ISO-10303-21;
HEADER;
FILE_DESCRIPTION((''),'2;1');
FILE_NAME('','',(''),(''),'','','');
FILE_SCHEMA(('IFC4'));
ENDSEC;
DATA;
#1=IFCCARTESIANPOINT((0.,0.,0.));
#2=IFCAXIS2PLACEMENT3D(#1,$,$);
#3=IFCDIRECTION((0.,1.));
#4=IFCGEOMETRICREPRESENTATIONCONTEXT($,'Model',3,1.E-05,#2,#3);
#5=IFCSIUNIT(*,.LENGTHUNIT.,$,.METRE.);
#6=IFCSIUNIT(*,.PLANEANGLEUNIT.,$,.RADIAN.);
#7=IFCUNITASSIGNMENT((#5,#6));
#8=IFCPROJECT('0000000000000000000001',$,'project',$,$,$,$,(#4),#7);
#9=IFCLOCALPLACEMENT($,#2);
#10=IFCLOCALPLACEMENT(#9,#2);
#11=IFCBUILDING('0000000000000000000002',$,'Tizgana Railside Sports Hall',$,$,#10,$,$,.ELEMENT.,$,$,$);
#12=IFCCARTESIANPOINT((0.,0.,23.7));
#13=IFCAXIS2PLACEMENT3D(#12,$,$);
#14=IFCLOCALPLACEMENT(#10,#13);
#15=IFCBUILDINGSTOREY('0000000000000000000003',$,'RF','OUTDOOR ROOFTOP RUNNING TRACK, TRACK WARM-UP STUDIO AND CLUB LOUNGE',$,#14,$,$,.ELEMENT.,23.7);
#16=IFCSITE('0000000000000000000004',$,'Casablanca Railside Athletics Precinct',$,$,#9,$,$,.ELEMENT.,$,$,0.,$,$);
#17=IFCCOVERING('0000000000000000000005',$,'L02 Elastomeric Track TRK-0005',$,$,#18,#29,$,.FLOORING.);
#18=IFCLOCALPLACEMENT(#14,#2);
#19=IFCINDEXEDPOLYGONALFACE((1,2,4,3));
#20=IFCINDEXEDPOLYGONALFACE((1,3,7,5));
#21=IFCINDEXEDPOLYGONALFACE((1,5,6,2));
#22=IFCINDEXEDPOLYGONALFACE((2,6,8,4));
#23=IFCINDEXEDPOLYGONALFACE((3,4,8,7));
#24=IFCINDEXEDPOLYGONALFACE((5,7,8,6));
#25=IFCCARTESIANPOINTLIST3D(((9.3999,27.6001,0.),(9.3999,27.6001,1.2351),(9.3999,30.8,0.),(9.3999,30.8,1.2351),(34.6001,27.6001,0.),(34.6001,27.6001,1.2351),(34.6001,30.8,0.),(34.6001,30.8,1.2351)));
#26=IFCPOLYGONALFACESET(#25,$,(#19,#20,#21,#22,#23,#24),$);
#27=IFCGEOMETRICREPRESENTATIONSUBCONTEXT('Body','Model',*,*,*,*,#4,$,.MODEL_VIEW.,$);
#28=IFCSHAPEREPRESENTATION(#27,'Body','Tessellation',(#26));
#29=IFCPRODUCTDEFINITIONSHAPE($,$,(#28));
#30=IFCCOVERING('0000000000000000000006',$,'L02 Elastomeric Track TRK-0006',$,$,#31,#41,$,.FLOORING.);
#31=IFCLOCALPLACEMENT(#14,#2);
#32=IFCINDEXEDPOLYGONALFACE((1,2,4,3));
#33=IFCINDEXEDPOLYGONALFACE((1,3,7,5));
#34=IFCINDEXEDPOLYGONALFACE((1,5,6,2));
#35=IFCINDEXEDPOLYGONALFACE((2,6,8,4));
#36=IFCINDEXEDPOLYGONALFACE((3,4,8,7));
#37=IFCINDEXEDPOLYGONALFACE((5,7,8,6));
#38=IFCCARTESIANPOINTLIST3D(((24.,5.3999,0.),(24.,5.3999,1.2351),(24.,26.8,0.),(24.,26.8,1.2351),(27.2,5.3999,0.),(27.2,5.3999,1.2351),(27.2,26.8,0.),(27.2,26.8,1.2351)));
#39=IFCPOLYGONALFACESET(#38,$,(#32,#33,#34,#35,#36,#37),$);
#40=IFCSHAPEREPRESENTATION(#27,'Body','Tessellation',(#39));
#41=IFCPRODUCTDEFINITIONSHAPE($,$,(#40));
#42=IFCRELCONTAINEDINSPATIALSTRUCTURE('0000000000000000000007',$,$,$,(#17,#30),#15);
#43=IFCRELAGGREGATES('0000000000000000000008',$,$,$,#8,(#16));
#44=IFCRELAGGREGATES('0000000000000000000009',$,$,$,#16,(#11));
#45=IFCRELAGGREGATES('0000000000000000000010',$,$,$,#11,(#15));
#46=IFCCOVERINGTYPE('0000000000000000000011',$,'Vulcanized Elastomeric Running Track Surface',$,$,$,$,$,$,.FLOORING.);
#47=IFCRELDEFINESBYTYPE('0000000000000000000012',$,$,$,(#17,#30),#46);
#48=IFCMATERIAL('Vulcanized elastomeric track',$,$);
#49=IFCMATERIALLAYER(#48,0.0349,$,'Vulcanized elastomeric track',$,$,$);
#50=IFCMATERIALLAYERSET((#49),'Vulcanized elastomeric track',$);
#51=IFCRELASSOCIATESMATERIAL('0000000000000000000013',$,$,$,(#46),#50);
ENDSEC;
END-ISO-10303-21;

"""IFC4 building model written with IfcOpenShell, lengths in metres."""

from ifc_helpers import new_model, si_unit, direction, frame, origin, place, context, subcontext, project, spatial, polyline, outline, extrude, material, layer, layer_set, type_object, element, save


model = new_model("IFC4")

# Units and contexts
model_context = context("Model", 3, precision=1e-05, world=origin(), true_north=direction((0.0, 1.0)))
body_context = subcontext(model_context, "Body", "Model", "MODEL_VIEW")
ifc_project = project(units=[si_unit("LENGTHUNIT", "METRE"), si_unit("PLANEANGLEUNIT", "RADIAN")], contexts=[model_context])

# Site, building, storey
site_placement = place(None, origin())
site = spatial("IfcSite", under=ifc_project, at=site_placement, Name="Casablanca Railside Athletics Precinct", CompositionType="ELEMENT", RefElevation=0.0)
building_placement = place(site_placement, origin())
building = spatial("IfcBuilding", under=site, at=building_placement, Name="Tizgana Railside Sports Hall", CompositionType="ELEMENT")
storey_placement = place(building_placement, frame((0.0, 0.0, 23.7)))
storey = spatial("IfcBuildingStorey", under=building, at=storey_placement, Name="RF", Description="OUTDOOR ROOFTOP RUNNING TRACK, TRACK WARM-UP STUDIO AND CLUB LOUNGE", CompositionType="ELEMENT", Elevation=23.7)

# Coverings
ifc_material_1 = material(Name="Vulcanized elastomeric track")
ifc_layer_1 = layer(ifc_material_1, 0.0349, Name="Vulcanized elastomeric track")
ifc_layer_set_1 = layer_set([ifc_layer_1], Name="Vulcanized elastomeric track")
covering_type = type_object("IfcCoveringType", Name="Vulcanized Elastomeric Running Track Surface", PredefinedType="FLOORING", material=ifc_layer_set_1)
covering_1_placement = place(storey_placement, origin())
element("IfcCovering", 1, at=covering_1_placement, inside=storey, type_object=covering_type, Name="L02 Elastomeric Track TRK-0005", PredefinedType="FLOORING", context=body_context, shape_type="SweptSolid", body=[
    extrude(outline(polyline([(9.3999, 27.6001), (34.6001, 27.6001), (34.6001, 30.8), (9.3999, 30.8), (9.3999, 27.6001)])), origin(), (0.0, 0.0, 1.0), 1.2351),
])
covering_2_placement = place(storey_placement, origin())
element("IfcCovering", 2, at=covering_2_placement, inside=storey, type_object=covering_type, Name="L02 Elastomeric Track TRK-0006", PredefinedType="FLOORING", context=body_context, shape_type="SweptSolid", body=[
    extrude(outline(polyline([(24.0, 5.3999), (27.2, 5.3999), (27.2, 26.8), (24.0, 26.8), (24.0, 5.3999)])), origin(), (0.0, 0.0, 1.0), 1.2351),
])

save(model, "model.ifc")
